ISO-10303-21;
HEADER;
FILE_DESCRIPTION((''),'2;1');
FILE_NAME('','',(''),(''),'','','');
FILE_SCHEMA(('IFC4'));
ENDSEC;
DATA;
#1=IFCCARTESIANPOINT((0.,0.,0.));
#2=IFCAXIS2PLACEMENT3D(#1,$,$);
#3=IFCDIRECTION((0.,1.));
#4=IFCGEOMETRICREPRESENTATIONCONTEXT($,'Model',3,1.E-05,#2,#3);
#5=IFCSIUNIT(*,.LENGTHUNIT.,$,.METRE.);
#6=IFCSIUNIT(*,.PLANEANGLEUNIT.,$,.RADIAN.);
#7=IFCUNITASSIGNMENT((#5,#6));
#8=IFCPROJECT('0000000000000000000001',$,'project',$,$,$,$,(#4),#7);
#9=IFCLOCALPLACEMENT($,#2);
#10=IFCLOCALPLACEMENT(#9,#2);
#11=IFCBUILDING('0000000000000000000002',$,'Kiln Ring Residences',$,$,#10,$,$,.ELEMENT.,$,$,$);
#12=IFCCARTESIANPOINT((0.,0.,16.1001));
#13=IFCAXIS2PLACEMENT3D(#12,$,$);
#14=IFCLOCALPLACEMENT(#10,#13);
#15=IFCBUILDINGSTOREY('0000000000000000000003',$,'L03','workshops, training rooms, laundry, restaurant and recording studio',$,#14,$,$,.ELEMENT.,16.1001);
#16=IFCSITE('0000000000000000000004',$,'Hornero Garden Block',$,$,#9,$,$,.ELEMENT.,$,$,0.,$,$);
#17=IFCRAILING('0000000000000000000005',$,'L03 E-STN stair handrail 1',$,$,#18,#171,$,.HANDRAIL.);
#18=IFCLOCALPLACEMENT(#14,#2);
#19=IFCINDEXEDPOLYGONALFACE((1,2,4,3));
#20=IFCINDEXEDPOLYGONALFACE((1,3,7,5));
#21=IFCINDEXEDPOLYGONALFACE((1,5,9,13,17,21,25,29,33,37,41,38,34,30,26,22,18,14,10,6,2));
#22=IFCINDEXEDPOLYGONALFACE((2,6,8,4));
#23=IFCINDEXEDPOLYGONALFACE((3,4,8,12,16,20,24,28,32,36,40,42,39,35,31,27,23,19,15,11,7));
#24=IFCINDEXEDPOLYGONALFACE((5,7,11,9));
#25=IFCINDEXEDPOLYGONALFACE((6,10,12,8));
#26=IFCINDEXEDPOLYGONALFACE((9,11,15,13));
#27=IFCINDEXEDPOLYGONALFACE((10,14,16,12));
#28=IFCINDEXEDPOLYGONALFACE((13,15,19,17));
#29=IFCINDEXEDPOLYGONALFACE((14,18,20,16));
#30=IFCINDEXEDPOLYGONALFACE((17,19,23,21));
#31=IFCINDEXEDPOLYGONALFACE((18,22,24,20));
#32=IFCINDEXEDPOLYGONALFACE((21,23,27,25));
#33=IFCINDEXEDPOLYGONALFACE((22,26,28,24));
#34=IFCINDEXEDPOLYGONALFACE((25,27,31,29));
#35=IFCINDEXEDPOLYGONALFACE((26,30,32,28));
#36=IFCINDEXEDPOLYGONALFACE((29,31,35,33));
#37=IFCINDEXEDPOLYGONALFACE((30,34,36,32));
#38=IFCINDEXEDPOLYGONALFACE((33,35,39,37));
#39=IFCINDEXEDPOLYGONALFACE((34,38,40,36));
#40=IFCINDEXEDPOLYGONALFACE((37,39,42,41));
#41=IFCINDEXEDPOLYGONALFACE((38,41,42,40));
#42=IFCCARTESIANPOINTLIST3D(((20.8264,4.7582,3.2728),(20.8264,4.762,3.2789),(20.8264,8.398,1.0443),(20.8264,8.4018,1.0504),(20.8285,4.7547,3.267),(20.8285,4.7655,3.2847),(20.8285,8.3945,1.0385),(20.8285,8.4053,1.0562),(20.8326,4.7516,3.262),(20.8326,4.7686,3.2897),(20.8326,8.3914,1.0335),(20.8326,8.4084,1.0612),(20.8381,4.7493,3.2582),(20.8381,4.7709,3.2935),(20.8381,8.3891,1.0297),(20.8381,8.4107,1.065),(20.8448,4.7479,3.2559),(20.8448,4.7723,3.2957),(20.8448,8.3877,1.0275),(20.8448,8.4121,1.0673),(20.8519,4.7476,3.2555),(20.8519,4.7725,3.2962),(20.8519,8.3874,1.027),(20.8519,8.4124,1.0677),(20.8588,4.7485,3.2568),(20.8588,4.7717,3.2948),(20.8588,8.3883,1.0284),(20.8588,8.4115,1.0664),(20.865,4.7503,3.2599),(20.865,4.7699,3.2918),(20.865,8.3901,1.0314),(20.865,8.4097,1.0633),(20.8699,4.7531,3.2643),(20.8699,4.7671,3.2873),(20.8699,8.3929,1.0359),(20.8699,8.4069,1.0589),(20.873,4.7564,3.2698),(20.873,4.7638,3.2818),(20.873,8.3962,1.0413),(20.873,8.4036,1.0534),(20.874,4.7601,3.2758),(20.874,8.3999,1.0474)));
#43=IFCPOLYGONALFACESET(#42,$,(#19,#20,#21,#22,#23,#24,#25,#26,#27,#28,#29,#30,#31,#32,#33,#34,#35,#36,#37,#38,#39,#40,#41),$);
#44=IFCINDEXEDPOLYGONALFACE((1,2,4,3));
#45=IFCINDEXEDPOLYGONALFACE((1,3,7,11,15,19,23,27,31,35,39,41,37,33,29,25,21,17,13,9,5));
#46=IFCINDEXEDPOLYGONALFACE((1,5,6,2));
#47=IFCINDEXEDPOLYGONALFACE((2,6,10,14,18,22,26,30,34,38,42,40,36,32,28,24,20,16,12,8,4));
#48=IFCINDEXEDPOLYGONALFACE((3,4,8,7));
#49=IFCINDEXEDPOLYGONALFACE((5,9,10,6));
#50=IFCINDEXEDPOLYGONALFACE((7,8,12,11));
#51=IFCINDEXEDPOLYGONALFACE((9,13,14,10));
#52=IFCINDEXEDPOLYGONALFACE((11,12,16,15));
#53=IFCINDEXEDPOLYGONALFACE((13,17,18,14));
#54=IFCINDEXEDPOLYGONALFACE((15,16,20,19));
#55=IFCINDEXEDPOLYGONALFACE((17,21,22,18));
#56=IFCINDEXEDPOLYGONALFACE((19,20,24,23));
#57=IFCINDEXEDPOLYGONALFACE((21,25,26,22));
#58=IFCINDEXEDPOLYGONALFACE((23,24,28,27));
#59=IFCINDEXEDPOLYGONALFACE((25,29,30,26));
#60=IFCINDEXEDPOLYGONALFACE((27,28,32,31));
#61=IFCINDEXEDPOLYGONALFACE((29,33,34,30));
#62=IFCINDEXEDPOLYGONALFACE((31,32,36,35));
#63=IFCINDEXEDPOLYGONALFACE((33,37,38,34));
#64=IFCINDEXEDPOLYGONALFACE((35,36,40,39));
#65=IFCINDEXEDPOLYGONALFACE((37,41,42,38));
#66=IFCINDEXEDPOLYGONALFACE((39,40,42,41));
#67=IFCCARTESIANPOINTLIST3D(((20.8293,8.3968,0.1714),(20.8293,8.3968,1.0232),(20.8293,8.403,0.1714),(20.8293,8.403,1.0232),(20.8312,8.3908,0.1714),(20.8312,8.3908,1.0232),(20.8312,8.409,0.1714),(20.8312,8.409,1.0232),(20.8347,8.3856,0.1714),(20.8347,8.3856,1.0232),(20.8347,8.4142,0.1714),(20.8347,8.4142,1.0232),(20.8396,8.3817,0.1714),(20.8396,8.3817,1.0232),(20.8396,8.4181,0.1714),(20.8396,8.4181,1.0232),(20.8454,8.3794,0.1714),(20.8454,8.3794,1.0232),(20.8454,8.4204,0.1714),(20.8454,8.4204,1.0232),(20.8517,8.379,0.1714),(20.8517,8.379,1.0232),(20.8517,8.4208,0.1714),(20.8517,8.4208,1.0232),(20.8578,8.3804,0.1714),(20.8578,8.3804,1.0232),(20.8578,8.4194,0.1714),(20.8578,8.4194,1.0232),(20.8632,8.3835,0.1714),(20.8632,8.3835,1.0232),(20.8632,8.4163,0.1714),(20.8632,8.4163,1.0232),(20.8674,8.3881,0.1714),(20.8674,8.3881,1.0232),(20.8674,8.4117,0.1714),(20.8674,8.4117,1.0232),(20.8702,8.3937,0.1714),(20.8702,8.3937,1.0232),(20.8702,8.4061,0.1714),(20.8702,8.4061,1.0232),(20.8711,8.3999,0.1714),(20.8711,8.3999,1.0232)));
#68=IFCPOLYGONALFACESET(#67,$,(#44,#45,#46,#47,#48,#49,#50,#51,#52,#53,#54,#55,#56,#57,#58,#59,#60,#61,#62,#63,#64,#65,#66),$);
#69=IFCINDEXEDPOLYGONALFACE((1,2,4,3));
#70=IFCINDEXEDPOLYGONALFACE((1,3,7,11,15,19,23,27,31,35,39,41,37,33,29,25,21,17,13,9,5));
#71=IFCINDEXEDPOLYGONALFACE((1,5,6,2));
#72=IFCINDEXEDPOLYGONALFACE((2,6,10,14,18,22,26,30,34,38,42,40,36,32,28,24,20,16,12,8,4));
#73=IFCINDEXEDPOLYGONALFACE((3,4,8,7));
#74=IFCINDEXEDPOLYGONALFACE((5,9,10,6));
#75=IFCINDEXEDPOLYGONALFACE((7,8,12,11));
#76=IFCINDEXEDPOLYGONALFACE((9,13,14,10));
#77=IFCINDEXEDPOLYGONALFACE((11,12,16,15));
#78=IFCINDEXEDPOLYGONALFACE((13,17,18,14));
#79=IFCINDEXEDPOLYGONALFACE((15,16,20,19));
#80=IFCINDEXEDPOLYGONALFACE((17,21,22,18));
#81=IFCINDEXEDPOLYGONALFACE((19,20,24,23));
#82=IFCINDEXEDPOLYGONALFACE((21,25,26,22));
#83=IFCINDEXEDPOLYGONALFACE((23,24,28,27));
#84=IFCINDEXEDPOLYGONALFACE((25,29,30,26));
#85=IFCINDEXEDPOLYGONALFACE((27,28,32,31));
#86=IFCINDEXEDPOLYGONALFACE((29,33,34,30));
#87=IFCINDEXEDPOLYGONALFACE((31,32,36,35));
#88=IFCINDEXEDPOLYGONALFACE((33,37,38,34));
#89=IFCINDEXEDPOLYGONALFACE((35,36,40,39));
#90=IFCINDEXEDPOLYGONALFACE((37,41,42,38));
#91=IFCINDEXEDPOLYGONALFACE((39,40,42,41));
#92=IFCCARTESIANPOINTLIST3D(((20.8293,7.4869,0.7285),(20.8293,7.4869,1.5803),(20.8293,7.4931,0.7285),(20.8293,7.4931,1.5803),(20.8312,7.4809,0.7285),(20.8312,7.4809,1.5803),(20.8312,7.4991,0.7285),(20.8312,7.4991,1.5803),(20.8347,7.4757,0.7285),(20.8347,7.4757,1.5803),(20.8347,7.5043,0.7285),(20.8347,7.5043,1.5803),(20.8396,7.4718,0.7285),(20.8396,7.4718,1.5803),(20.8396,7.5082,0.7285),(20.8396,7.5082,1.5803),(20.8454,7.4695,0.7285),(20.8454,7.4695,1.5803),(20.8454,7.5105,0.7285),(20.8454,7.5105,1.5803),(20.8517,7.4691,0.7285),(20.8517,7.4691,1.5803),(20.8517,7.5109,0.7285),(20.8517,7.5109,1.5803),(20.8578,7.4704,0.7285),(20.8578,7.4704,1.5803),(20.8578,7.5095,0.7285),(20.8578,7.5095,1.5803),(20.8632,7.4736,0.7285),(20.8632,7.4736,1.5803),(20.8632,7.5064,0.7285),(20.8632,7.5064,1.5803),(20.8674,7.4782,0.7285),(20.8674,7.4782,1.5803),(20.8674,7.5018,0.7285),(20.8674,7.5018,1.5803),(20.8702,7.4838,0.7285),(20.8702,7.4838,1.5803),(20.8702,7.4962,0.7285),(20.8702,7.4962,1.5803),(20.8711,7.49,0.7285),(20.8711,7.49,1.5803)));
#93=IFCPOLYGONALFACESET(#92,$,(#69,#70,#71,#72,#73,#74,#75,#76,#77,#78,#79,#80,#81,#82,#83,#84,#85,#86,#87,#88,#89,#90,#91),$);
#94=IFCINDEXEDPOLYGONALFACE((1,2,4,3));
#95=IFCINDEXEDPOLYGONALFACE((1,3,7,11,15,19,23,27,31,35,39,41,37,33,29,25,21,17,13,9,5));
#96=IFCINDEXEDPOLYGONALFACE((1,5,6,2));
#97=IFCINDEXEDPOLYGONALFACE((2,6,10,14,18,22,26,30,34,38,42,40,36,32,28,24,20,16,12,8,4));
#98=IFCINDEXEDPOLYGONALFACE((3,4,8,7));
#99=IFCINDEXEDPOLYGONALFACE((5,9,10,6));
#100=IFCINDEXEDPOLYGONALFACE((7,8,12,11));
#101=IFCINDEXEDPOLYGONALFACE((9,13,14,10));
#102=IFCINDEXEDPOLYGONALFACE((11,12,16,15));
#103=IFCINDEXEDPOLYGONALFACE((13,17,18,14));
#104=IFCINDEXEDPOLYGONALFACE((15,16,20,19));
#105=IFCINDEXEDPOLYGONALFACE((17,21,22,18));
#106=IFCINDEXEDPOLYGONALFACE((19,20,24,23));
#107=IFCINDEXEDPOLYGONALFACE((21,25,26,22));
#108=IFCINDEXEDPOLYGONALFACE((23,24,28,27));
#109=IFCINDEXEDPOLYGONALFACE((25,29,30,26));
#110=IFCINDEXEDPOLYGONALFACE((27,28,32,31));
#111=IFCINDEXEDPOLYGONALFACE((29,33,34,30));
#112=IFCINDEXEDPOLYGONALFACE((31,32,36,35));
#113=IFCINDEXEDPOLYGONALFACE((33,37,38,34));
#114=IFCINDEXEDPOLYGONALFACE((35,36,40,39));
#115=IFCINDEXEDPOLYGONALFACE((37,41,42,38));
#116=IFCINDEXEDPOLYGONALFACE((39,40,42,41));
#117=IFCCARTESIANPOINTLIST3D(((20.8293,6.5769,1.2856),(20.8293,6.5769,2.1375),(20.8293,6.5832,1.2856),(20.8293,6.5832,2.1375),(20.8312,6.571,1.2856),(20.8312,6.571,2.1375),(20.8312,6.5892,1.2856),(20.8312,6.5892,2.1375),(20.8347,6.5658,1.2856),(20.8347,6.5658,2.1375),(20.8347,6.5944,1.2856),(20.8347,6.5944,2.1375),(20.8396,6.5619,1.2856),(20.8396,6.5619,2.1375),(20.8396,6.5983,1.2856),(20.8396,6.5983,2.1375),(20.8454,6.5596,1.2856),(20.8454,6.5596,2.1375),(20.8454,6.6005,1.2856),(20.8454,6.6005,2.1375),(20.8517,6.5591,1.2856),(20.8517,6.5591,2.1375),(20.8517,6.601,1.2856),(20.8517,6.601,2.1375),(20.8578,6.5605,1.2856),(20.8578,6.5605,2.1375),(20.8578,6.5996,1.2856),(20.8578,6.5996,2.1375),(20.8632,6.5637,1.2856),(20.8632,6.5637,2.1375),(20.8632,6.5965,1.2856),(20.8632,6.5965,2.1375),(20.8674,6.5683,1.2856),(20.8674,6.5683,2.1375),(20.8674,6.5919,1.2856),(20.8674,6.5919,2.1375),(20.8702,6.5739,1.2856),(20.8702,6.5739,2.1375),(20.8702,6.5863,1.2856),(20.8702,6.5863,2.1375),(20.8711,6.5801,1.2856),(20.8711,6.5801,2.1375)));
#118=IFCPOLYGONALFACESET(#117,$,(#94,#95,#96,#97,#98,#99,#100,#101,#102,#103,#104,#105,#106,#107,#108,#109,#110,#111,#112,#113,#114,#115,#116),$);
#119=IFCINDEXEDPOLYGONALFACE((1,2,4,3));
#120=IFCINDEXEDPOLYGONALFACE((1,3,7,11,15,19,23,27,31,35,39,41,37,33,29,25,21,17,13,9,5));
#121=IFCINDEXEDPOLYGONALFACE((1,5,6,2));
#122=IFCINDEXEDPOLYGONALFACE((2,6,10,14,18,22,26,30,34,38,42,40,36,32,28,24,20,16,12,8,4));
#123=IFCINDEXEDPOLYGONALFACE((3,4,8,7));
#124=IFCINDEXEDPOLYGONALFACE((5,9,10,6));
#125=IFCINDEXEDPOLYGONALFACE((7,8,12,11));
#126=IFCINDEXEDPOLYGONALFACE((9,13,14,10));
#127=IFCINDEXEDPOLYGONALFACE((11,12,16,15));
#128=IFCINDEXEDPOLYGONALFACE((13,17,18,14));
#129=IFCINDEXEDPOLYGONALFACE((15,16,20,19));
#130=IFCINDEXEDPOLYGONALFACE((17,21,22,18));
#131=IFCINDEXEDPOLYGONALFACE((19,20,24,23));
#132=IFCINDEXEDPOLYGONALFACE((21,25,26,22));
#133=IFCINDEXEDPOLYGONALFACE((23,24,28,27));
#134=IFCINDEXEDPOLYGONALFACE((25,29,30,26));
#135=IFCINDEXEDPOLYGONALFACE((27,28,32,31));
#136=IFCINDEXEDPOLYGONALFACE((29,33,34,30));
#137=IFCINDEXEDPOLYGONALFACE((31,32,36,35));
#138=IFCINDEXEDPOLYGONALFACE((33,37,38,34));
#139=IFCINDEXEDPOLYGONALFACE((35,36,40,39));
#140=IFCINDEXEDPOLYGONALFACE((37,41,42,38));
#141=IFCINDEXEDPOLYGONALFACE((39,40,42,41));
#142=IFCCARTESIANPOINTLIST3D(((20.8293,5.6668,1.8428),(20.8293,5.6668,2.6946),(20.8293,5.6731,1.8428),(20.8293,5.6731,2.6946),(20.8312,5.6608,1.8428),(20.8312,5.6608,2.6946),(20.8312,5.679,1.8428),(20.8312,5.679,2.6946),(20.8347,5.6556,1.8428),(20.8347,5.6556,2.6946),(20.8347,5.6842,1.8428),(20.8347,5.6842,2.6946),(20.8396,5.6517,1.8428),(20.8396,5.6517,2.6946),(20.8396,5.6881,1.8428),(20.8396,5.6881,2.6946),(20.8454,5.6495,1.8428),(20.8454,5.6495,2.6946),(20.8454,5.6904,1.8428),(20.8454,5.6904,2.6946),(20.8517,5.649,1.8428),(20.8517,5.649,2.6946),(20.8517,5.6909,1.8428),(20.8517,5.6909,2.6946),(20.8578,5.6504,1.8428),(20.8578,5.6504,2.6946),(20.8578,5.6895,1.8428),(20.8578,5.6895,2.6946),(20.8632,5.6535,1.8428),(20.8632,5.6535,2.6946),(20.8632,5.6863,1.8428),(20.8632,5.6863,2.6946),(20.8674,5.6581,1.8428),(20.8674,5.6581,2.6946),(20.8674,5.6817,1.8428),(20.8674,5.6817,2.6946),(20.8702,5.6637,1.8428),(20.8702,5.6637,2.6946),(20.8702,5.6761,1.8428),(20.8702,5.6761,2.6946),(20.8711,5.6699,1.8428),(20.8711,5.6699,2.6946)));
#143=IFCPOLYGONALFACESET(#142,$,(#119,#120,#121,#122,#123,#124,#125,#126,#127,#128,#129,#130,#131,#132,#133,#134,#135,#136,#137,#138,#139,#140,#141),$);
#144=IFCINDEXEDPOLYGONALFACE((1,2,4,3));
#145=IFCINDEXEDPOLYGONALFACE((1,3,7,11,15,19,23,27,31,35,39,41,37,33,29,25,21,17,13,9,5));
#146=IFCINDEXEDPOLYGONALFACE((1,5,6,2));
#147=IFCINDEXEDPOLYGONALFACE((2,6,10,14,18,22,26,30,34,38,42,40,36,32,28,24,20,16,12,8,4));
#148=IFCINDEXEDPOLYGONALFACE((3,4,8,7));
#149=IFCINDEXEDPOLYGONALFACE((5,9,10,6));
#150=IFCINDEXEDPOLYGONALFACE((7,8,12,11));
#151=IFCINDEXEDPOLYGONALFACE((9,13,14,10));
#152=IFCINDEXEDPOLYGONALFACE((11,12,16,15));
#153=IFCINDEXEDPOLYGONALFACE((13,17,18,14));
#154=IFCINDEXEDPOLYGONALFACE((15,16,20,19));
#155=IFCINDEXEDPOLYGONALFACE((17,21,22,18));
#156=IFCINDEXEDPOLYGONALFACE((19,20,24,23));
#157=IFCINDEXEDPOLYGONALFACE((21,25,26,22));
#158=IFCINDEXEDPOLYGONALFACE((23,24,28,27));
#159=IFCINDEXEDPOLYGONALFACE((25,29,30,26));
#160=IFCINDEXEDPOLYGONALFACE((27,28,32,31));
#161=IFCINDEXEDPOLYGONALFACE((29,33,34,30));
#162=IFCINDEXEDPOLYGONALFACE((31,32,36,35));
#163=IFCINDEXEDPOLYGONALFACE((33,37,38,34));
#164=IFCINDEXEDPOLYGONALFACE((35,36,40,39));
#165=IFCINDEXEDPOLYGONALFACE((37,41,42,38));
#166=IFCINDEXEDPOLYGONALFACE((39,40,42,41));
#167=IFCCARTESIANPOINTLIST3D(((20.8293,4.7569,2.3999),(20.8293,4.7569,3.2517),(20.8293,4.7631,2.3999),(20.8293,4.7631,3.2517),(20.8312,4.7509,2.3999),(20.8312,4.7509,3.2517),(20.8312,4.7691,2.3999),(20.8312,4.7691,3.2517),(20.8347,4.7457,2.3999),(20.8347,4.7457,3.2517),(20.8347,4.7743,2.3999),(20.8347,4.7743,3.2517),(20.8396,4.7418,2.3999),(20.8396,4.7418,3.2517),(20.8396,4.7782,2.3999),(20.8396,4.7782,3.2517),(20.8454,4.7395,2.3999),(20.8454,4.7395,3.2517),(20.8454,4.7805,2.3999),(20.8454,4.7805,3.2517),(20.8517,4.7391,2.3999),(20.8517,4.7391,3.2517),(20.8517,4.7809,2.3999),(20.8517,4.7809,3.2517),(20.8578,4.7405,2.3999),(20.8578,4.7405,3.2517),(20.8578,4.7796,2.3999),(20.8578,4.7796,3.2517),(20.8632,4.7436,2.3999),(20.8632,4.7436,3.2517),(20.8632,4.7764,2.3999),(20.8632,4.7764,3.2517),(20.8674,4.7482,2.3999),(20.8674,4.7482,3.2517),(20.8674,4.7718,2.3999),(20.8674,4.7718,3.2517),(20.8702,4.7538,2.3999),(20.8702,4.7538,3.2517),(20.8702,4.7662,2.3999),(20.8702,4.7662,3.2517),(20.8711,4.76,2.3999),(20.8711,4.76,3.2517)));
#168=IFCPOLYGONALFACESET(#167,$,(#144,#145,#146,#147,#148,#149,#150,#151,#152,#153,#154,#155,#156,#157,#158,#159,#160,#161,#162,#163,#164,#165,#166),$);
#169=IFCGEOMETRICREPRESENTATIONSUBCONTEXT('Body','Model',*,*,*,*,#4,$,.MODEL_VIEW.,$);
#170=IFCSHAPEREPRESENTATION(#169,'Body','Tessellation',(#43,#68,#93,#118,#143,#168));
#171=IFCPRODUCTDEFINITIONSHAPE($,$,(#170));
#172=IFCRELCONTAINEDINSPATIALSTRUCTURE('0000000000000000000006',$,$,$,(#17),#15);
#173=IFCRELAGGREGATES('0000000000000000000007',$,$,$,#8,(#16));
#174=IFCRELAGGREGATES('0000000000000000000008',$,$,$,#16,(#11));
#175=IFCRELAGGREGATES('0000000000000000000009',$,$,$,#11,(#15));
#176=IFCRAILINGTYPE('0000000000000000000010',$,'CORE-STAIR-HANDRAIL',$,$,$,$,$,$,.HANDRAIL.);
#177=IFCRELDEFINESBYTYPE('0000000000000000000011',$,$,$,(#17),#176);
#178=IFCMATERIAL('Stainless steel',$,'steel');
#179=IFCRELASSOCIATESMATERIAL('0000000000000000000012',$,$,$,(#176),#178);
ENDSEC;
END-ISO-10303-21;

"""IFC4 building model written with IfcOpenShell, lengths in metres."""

from ifc_helpers import new_model, si_unit, direction, frame, origin, origin_2d, place, context, subcontext, project, spatial, circle, extrude, material, type_object, element, save


model = new_model("IFC4")

# Units and contexts
model_context = context("Model", 3, precision=1e-05, world=origin(), true_north=direction((0.0, 1.0)))
body_context = subcontext(model_context, "Body", "Model", "MODEL_VIEW")
ifc_project = project(units=[si_unit("LENGTHUNIT", "METRE"), si_unit("PLANEANGLEUNIT", "RADIAN")], contexts=[model_context])

# Site, building, storey
site_placement = place(None, origin())
site = spatial("IfcSite", under=ifc_project, at=site_placement, Name="Hornero Garden Block", CompositionType="ELEMENT", RefElevation=0.0)
building_placement = place(site_placement, origin())
building = spatial("IfcBuilding", under=site, at=building_placement, Name="Kiln Ring Residences", CompositionType="ELEMENT")
storey_placement = place(building_placement, frame((0.0, 0.0, 16.1001)))
storey = spatial("IfcBuildingStorey", under=building, at=storey_placement, Name="L03", Description="workshops, training rooms, laundry, restaurant and recording studio", CompositionType="ELEMENT", Elevation=16.1001)

# Railing
ifc_material_1 = material(Name="Stainless steel", Category="steel")
railing_type_1 = type_object("IfcRailingType", Name="CORE-STAIR-HANDRAIL", PredefinedType="HANDRAIL", material=ifc_material_1)
railing_1_placement = place(storey_placement, frame((20.8501, 8.3999, 0.1714)))
element("IfcRailing", 1, at=railing_1_placement, inside=storey, type_object=railing_type_1, Name="L03 E-STN stair handrail 1", PredefinedType="HANDRAIL", context=body_context, shape_type="SweptSolid", body=[
    extrude(circle(Radius=0.0239, at=origin_2d()), frame((0.0, 0.0, 0.876), z_axis=(0.0, -0.85285, 0.522156), x_axis=(1.0, 0.0, 0.0)), (0.0, 0.0, 1.0), 4.2678),
    extrude(circle(Radius=0.021, at=origin_2d()), origin(), (0.0, 0.0, 1.0), 0.8518),
    extrude(circle(Radius=0.021, at=origin_2d()), frame((0.0, -0.9099, 0.5571)), (0.0, 0.0, 1.0), 0.8518),
    extrude(circle(Radius=0.021, at=origin_2d()), frame((0.0, -1.8198, 1.1143)), (0.0, 0.0, 1.0), 0.8518),
    extrude(circle(Radius=0.021, at=origin_2d()), frame((0.0, -2.73, 1.6714)), (0.0, 0.0, 1.0), 0.8518),
    extrude(circle(Radius=0.021, at=origin_2d()), frame((0.0, -3.6399, 2.2285)), (0.0, 0.0, 1.0), 0.8518),
])

save(model, "model.ifc")
